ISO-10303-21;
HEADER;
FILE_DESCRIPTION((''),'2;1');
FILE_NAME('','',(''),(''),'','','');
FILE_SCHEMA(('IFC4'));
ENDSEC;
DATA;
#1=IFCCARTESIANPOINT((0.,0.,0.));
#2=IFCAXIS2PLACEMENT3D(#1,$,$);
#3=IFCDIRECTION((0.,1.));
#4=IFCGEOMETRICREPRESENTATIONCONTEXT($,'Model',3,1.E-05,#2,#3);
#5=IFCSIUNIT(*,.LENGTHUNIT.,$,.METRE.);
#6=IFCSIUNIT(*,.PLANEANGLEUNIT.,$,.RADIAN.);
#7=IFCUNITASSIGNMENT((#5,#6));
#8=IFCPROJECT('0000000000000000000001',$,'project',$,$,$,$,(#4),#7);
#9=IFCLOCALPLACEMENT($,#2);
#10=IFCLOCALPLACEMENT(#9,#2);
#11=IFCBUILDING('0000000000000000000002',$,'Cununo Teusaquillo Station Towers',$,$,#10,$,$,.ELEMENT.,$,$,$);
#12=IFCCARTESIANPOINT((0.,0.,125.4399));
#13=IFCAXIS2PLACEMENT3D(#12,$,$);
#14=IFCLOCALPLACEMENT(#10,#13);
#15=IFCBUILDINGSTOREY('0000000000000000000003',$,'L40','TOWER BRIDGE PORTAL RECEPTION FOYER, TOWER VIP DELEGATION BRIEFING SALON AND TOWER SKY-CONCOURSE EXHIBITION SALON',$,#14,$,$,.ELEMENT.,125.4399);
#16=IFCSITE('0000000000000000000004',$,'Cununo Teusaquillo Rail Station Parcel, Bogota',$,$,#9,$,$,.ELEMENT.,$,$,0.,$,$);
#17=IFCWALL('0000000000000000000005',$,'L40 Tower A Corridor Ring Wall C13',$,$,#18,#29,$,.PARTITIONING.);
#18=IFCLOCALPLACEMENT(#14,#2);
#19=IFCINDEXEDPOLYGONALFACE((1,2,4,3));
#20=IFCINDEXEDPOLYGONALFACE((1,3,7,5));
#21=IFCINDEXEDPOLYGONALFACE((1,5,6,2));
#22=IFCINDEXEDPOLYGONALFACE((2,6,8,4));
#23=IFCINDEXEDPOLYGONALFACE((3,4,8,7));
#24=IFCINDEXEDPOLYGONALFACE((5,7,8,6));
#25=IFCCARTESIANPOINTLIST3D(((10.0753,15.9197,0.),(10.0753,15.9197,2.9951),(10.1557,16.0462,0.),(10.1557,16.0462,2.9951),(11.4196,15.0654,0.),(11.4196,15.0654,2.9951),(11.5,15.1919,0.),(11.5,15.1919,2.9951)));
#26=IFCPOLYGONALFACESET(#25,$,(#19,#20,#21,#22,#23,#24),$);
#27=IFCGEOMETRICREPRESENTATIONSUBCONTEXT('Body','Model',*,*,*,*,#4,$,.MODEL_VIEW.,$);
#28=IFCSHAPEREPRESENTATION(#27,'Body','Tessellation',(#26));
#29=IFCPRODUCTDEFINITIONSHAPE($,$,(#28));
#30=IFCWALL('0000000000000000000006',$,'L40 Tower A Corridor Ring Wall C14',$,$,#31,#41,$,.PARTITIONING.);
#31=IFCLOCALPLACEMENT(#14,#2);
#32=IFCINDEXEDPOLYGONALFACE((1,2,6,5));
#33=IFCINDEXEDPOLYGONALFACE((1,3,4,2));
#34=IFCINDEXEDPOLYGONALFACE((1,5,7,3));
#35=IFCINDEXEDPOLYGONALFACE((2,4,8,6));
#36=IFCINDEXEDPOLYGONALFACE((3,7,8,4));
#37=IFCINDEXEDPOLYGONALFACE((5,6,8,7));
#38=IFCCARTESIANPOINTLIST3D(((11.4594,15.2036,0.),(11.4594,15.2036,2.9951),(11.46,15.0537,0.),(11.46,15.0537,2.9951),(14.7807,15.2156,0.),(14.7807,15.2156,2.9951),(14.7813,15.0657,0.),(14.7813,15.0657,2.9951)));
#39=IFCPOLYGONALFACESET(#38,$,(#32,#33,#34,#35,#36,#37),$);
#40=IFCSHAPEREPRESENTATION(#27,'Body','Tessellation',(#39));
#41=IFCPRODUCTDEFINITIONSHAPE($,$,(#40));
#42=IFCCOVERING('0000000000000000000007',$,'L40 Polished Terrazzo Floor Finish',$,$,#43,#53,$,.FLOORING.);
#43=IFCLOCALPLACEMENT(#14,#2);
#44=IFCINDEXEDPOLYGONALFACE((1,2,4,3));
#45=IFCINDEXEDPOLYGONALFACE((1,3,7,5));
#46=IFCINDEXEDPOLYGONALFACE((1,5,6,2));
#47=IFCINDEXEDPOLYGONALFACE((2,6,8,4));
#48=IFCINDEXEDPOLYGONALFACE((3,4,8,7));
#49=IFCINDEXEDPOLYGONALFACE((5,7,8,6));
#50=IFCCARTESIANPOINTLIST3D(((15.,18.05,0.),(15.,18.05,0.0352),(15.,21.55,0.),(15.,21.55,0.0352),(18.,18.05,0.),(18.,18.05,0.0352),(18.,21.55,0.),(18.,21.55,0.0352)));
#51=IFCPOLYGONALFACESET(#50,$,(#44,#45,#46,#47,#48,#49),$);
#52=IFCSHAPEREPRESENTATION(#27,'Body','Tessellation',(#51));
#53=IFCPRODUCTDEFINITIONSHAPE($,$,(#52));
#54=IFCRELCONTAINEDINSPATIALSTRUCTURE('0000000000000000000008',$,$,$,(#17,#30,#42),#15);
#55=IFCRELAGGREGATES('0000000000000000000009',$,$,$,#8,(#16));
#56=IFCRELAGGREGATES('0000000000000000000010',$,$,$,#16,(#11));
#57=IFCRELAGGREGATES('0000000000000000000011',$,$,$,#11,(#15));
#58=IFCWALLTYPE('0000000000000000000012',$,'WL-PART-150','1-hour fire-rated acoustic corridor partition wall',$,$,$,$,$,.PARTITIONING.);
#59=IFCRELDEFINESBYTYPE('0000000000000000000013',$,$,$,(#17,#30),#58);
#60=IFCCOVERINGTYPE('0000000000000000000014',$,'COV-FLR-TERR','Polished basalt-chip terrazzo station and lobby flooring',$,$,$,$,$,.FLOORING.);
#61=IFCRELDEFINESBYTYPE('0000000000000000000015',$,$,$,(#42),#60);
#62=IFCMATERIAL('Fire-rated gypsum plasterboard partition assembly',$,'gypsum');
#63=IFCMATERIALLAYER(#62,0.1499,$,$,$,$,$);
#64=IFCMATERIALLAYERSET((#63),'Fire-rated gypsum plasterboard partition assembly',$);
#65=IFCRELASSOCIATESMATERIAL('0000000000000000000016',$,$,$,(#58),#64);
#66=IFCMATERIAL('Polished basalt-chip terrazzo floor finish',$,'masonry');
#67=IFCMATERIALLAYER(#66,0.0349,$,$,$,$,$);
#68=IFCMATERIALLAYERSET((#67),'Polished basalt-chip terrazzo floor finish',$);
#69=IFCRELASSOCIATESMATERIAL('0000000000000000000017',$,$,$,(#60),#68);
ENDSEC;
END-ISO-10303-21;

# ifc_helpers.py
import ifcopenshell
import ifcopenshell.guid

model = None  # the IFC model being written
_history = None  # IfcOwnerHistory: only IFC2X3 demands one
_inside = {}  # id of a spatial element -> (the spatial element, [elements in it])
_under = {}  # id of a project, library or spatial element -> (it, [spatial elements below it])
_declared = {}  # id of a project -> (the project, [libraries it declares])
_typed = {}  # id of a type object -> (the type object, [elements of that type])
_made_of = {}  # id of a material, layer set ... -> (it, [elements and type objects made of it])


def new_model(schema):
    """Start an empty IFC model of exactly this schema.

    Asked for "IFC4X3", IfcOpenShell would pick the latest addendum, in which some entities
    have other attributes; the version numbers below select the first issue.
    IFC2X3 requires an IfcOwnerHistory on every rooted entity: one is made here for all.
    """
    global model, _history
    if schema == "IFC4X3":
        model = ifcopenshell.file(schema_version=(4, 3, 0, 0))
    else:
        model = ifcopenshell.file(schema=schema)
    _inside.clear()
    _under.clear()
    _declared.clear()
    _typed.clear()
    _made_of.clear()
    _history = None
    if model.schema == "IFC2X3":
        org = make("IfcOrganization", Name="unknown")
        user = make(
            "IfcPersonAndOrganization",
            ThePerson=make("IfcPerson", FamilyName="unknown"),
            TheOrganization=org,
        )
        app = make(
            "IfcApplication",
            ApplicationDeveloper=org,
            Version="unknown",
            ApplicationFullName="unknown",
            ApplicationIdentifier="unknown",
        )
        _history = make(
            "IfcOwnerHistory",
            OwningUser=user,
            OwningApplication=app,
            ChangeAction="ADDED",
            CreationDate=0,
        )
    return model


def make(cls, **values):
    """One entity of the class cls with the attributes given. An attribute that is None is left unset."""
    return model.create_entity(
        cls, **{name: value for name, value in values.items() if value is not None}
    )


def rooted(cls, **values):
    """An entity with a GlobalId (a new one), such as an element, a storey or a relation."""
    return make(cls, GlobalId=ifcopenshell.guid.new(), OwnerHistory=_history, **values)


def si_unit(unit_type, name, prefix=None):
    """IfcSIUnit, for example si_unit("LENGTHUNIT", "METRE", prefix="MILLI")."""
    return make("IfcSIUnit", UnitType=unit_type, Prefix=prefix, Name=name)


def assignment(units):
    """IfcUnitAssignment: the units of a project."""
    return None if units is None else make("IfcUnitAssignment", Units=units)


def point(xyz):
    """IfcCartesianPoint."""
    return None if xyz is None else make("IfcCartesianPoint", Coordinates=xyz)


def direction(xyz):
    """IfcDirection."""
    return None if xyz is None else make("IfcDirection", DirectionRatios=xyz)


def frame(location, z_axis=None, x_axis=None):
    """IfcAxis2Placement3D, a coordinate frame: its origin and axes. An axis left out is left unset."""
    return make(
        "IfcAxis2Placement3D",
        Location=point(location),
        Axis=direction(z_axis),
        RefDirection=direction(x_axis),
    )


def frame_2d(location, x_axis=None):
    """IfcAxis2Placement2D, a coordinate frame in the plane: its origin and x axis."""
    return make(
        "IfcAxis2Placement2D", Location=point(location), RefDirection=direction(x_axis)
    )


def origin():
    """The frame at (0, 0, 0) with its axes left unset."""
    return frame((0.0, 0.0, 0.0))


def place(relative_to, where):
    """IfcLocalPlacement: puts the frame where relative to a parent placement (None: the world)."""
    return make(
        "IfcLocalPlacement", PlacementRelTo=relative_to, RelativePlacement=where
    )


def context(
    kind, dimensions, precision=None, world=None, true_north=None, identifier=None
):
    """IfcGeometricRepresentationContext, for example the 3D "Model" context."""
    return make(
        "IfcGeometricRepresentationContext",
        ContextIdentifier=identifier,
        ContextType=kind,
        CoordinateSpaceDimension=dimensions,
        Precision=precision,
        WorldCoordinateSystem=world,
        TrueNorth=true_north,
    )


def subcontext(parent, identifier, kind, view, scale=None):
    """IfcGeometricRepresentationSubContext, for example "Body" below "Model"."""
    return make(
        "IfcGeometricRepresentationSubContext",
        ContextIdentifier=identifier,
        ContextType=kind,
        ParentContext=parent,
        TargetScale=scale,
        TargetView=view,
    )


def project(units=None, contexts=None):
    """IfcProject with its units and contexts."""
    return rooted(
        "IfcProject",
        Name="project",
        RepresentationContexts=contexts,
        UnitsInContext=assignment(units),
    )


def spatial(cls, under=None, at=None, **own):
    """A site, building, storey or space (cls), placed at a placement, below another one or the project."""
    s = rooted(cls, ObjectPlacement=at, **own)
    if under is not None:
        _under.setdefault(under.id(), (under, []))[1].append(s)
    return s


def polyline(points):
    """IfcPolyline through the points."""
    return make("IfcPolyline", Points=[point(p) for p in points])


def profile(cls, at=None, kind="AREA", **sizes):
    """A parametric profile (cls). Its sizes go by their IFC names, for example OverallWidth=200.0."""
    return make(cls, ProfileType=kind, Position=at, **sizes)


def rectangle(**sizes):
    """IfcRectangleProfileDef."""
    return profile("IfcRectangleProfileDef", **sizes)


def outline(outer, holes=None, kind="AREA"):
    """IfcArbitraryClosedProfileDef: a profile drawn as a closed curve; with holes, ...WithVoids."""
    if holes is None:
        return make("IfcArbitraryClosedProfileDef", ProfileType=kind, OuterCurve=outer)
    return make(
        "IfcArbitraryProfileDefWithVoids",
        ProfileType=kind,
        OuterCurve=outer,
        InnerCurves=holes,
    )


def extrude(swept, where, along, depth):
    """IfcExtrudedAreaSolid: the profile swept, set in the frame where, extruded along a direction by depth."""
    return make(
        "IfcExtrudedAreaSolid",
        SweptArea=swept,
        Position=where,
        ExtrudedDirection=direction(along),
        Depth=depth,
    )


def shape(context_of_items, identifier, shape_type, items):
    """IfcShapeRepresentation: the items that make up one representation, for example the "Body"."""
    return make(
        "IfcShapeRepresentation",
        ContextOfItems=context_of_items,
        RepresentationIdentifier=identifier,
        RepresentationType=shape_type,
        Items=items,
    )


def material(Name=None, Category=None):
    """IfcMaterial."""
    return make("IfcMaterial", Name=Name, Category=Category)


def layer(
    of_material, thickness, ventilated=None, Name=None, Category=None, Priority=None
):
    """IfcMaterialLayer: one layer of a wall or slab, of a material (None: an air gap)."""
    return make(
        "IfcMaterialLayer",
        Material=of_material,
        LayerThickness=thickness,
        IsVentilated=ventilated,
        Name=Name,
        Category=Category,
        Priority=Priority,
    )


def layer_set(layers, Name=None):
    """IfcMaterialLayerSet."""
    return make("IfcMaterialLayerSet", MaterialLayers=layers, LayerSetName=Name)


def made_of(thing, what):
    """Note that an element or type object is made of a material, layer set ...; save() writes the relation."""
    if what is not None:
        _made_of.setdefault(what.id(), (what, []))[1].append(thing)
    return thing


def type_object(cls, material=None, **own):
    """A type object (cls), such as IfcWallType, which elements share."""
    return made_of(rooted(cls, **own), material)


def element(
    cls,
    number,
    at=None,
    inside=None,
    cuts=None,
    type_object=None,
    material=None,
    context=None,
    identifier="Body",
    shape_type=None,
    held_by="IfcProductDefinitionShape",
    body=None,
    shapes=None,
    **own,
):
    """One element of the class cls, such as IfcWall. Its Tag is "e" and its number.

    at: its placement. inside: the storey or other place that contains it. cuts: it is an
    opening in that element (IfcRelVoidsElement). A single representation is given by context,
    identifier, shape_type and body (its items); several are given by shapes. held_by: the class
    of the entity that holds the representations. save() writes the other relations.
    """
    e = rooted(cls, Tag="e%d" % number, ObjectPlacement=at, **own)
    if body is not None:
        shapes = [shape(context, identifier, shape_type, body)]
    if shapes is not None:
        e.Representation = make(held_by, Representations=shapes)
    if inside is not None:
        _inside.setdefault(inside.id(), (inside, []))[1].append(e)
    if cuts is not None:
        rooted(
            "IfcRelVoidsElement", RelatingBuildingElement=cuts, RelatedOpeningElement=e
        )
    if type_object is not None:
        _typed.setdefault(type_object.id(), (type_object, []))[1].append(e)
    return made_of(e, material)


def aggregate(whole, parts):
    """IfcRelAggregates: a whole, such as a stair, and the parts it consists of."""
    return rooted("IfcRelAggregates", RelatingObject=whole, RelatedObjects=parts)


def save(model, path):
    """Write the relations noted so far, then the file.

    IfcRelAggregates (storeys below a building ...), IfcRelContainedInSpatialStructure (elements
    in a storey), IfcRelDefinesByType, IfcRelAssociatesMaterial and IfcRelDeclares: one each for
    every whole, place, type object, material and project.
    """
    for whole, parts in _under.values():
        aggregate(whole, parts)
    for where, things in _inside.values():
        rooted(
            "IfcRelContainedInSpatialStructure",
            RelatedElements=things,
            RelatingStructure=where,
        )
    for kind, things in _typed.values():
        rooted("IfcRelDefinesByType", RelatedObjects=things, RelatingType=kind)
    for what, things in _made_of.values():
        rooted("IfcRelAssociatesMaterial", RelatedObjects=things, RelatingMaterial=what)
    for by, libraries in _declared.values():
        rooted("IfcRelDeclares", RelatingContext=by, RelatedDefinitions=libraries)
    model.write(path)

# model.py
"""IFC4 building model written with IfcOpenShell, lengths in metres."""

from ifc_helpers import new_model, si_unit, direction, frame, frame_2d, origin, place, context, subcontext, project, spatial, polyline, rectangle, outline, extrude, material, layer, layer_set, type_object, element, save


model = new_model("IFC4")

# Units and contexts
model_context = context("Model", 3, precision=1e-05, world=origin(), true_north=direction((0.0, 1.0)))
body_context = subcontext(model_context, "Body", "Model", "MODEL_VIEW")
ifc_project = project(units=[si_unit("LENGTHUNIT", "METRE"), si_unit("PLANEANGLEUNIT", "RADIAN")], contexts=[model_context])

# Site, building, storey
site_placement = place(None, origin())
site = spatial("IfcSite", under=ifc_project, at=site_placement, Name="Cununo Teusaquillo Rail Station Parcel, Bogota", CompositionType="ELEMENT", RefElevation=0.0)
building_placement = place(site_placement, origin())
building = spatial("IfcBuilding", under=site, at=building_placement, Name="Cununo Teusaquillo Station Towers", CompositionType="ELEMENT")
storey_placement = place(building_placement, frame((0.0, 0.0, 125.4399)))
storey = spatial("IfcBuildingStorey", under=building, at=storey_placement, Name="L40", Description="TOWER BRIDGE PORTAL RECEPTION FOYER, TOWER VIP DELEGATION BRIEFING SALON AND TOWER SKY-CONCOURSE EXHIBITION SALON", CompositionType="ELEMENT", Elevation=125.4399)

# Shared definitions
ifc_material_1 = material(Name="Fire-rated gypsum plasterboard partition assembly", Category="gypsum")
ifc_layer_1 = layer(ifc_material_1, 0.1499)
ifc_layer_set_1 = layer_set([ifc_layer_1], Name="Fire-rated gypsum plasterboard partition assembly")
wall_type_1 = type_object("IfcWallType", Name="WL-PART-150", Description="1-hour fire-rated acoustic corridor partition wall", PredefinedType="PARTITIONING", material=ifc_layer_set_1)

# Walls
wall_1_placement = place(storey_placement, frame((10.1155, 15.9829, 0.0), z_axis=(0.0, 0.0, 1.0), x_axis=(0.843996, -0.53635, 0.0)))
element("IfcWall", 1, at=wall_1_placement, inside=storey, type_object=wall_type_1, Name="L40 Tower A Corridor Ring Wall C13", PredefinedType="PARTITIONING", context=body_context, shape_type="SweptSolid", body=[
    extrude(rectangle(XDim=1.5928, YDim=0.1499, at=frame_2d((0.7964, 0.0))), origin(), (0.0, 0.0, 1.0), 2.9951),
])
wall_2_placement = place(storey_placement, frame((11.4597, 15.1287, 0.0), z_axis=(0.0, 0.0, 1.0), x_axis=(0.999994, 0.003602, 0.0)))
element("IfcWall", 2, at=wall_2_placement, inside=storey, type_object=wall_type_1, Name="L40 Tower A Corridor Ring Wall C14", PredefinedType="PARTITIONING", context=body_context, shape_type="SweptSolid", body=[
    extrude(rectangle(XDim=3.3213, YDim=0.1499, at=frame_2d((1.6606, 0.0))), origin(), (0.0, 0.0, 1.0), 2.9951),
])

# Covering
ifc_material_2 = material(Name="Polished basalt-chip terrazzo floor finish", Category="masonry")
ifc_layer_2 = layer(ifc_material_2, 0.0349)
ifc_layer_set_2 = layer_set([ifc_layer_2], Name="Polished basalt-chip terrazzo floor finish")
covering_type = type_object("IfcCoveringType", Name="COV-FLR-TERR", Description="Polished basalt-chip terrazzo station and lobby flooring", PredefinedType="FLOORING", material=ifc_layer_set_2)
covering_placement = place(storey_placement, origin())
element("IfcCovering", 3, at=covering_placement, inside=storey, type_object=covering_type, Name="L40 Polished Terrazzo Floor Finish", PredefinedType="FLOORING", context=body_context, shape_type="SweptSolid", body=[
    extrude(outline(polyline([(15.0, 18.05), (18.0, 18.05), (18.0, 21.55), (15.0, 21.55), (15.0, 18.05)])), origin(), (0.0, 0.0, 1.0), 0.0352),
])

save(model, "model.ifc")
